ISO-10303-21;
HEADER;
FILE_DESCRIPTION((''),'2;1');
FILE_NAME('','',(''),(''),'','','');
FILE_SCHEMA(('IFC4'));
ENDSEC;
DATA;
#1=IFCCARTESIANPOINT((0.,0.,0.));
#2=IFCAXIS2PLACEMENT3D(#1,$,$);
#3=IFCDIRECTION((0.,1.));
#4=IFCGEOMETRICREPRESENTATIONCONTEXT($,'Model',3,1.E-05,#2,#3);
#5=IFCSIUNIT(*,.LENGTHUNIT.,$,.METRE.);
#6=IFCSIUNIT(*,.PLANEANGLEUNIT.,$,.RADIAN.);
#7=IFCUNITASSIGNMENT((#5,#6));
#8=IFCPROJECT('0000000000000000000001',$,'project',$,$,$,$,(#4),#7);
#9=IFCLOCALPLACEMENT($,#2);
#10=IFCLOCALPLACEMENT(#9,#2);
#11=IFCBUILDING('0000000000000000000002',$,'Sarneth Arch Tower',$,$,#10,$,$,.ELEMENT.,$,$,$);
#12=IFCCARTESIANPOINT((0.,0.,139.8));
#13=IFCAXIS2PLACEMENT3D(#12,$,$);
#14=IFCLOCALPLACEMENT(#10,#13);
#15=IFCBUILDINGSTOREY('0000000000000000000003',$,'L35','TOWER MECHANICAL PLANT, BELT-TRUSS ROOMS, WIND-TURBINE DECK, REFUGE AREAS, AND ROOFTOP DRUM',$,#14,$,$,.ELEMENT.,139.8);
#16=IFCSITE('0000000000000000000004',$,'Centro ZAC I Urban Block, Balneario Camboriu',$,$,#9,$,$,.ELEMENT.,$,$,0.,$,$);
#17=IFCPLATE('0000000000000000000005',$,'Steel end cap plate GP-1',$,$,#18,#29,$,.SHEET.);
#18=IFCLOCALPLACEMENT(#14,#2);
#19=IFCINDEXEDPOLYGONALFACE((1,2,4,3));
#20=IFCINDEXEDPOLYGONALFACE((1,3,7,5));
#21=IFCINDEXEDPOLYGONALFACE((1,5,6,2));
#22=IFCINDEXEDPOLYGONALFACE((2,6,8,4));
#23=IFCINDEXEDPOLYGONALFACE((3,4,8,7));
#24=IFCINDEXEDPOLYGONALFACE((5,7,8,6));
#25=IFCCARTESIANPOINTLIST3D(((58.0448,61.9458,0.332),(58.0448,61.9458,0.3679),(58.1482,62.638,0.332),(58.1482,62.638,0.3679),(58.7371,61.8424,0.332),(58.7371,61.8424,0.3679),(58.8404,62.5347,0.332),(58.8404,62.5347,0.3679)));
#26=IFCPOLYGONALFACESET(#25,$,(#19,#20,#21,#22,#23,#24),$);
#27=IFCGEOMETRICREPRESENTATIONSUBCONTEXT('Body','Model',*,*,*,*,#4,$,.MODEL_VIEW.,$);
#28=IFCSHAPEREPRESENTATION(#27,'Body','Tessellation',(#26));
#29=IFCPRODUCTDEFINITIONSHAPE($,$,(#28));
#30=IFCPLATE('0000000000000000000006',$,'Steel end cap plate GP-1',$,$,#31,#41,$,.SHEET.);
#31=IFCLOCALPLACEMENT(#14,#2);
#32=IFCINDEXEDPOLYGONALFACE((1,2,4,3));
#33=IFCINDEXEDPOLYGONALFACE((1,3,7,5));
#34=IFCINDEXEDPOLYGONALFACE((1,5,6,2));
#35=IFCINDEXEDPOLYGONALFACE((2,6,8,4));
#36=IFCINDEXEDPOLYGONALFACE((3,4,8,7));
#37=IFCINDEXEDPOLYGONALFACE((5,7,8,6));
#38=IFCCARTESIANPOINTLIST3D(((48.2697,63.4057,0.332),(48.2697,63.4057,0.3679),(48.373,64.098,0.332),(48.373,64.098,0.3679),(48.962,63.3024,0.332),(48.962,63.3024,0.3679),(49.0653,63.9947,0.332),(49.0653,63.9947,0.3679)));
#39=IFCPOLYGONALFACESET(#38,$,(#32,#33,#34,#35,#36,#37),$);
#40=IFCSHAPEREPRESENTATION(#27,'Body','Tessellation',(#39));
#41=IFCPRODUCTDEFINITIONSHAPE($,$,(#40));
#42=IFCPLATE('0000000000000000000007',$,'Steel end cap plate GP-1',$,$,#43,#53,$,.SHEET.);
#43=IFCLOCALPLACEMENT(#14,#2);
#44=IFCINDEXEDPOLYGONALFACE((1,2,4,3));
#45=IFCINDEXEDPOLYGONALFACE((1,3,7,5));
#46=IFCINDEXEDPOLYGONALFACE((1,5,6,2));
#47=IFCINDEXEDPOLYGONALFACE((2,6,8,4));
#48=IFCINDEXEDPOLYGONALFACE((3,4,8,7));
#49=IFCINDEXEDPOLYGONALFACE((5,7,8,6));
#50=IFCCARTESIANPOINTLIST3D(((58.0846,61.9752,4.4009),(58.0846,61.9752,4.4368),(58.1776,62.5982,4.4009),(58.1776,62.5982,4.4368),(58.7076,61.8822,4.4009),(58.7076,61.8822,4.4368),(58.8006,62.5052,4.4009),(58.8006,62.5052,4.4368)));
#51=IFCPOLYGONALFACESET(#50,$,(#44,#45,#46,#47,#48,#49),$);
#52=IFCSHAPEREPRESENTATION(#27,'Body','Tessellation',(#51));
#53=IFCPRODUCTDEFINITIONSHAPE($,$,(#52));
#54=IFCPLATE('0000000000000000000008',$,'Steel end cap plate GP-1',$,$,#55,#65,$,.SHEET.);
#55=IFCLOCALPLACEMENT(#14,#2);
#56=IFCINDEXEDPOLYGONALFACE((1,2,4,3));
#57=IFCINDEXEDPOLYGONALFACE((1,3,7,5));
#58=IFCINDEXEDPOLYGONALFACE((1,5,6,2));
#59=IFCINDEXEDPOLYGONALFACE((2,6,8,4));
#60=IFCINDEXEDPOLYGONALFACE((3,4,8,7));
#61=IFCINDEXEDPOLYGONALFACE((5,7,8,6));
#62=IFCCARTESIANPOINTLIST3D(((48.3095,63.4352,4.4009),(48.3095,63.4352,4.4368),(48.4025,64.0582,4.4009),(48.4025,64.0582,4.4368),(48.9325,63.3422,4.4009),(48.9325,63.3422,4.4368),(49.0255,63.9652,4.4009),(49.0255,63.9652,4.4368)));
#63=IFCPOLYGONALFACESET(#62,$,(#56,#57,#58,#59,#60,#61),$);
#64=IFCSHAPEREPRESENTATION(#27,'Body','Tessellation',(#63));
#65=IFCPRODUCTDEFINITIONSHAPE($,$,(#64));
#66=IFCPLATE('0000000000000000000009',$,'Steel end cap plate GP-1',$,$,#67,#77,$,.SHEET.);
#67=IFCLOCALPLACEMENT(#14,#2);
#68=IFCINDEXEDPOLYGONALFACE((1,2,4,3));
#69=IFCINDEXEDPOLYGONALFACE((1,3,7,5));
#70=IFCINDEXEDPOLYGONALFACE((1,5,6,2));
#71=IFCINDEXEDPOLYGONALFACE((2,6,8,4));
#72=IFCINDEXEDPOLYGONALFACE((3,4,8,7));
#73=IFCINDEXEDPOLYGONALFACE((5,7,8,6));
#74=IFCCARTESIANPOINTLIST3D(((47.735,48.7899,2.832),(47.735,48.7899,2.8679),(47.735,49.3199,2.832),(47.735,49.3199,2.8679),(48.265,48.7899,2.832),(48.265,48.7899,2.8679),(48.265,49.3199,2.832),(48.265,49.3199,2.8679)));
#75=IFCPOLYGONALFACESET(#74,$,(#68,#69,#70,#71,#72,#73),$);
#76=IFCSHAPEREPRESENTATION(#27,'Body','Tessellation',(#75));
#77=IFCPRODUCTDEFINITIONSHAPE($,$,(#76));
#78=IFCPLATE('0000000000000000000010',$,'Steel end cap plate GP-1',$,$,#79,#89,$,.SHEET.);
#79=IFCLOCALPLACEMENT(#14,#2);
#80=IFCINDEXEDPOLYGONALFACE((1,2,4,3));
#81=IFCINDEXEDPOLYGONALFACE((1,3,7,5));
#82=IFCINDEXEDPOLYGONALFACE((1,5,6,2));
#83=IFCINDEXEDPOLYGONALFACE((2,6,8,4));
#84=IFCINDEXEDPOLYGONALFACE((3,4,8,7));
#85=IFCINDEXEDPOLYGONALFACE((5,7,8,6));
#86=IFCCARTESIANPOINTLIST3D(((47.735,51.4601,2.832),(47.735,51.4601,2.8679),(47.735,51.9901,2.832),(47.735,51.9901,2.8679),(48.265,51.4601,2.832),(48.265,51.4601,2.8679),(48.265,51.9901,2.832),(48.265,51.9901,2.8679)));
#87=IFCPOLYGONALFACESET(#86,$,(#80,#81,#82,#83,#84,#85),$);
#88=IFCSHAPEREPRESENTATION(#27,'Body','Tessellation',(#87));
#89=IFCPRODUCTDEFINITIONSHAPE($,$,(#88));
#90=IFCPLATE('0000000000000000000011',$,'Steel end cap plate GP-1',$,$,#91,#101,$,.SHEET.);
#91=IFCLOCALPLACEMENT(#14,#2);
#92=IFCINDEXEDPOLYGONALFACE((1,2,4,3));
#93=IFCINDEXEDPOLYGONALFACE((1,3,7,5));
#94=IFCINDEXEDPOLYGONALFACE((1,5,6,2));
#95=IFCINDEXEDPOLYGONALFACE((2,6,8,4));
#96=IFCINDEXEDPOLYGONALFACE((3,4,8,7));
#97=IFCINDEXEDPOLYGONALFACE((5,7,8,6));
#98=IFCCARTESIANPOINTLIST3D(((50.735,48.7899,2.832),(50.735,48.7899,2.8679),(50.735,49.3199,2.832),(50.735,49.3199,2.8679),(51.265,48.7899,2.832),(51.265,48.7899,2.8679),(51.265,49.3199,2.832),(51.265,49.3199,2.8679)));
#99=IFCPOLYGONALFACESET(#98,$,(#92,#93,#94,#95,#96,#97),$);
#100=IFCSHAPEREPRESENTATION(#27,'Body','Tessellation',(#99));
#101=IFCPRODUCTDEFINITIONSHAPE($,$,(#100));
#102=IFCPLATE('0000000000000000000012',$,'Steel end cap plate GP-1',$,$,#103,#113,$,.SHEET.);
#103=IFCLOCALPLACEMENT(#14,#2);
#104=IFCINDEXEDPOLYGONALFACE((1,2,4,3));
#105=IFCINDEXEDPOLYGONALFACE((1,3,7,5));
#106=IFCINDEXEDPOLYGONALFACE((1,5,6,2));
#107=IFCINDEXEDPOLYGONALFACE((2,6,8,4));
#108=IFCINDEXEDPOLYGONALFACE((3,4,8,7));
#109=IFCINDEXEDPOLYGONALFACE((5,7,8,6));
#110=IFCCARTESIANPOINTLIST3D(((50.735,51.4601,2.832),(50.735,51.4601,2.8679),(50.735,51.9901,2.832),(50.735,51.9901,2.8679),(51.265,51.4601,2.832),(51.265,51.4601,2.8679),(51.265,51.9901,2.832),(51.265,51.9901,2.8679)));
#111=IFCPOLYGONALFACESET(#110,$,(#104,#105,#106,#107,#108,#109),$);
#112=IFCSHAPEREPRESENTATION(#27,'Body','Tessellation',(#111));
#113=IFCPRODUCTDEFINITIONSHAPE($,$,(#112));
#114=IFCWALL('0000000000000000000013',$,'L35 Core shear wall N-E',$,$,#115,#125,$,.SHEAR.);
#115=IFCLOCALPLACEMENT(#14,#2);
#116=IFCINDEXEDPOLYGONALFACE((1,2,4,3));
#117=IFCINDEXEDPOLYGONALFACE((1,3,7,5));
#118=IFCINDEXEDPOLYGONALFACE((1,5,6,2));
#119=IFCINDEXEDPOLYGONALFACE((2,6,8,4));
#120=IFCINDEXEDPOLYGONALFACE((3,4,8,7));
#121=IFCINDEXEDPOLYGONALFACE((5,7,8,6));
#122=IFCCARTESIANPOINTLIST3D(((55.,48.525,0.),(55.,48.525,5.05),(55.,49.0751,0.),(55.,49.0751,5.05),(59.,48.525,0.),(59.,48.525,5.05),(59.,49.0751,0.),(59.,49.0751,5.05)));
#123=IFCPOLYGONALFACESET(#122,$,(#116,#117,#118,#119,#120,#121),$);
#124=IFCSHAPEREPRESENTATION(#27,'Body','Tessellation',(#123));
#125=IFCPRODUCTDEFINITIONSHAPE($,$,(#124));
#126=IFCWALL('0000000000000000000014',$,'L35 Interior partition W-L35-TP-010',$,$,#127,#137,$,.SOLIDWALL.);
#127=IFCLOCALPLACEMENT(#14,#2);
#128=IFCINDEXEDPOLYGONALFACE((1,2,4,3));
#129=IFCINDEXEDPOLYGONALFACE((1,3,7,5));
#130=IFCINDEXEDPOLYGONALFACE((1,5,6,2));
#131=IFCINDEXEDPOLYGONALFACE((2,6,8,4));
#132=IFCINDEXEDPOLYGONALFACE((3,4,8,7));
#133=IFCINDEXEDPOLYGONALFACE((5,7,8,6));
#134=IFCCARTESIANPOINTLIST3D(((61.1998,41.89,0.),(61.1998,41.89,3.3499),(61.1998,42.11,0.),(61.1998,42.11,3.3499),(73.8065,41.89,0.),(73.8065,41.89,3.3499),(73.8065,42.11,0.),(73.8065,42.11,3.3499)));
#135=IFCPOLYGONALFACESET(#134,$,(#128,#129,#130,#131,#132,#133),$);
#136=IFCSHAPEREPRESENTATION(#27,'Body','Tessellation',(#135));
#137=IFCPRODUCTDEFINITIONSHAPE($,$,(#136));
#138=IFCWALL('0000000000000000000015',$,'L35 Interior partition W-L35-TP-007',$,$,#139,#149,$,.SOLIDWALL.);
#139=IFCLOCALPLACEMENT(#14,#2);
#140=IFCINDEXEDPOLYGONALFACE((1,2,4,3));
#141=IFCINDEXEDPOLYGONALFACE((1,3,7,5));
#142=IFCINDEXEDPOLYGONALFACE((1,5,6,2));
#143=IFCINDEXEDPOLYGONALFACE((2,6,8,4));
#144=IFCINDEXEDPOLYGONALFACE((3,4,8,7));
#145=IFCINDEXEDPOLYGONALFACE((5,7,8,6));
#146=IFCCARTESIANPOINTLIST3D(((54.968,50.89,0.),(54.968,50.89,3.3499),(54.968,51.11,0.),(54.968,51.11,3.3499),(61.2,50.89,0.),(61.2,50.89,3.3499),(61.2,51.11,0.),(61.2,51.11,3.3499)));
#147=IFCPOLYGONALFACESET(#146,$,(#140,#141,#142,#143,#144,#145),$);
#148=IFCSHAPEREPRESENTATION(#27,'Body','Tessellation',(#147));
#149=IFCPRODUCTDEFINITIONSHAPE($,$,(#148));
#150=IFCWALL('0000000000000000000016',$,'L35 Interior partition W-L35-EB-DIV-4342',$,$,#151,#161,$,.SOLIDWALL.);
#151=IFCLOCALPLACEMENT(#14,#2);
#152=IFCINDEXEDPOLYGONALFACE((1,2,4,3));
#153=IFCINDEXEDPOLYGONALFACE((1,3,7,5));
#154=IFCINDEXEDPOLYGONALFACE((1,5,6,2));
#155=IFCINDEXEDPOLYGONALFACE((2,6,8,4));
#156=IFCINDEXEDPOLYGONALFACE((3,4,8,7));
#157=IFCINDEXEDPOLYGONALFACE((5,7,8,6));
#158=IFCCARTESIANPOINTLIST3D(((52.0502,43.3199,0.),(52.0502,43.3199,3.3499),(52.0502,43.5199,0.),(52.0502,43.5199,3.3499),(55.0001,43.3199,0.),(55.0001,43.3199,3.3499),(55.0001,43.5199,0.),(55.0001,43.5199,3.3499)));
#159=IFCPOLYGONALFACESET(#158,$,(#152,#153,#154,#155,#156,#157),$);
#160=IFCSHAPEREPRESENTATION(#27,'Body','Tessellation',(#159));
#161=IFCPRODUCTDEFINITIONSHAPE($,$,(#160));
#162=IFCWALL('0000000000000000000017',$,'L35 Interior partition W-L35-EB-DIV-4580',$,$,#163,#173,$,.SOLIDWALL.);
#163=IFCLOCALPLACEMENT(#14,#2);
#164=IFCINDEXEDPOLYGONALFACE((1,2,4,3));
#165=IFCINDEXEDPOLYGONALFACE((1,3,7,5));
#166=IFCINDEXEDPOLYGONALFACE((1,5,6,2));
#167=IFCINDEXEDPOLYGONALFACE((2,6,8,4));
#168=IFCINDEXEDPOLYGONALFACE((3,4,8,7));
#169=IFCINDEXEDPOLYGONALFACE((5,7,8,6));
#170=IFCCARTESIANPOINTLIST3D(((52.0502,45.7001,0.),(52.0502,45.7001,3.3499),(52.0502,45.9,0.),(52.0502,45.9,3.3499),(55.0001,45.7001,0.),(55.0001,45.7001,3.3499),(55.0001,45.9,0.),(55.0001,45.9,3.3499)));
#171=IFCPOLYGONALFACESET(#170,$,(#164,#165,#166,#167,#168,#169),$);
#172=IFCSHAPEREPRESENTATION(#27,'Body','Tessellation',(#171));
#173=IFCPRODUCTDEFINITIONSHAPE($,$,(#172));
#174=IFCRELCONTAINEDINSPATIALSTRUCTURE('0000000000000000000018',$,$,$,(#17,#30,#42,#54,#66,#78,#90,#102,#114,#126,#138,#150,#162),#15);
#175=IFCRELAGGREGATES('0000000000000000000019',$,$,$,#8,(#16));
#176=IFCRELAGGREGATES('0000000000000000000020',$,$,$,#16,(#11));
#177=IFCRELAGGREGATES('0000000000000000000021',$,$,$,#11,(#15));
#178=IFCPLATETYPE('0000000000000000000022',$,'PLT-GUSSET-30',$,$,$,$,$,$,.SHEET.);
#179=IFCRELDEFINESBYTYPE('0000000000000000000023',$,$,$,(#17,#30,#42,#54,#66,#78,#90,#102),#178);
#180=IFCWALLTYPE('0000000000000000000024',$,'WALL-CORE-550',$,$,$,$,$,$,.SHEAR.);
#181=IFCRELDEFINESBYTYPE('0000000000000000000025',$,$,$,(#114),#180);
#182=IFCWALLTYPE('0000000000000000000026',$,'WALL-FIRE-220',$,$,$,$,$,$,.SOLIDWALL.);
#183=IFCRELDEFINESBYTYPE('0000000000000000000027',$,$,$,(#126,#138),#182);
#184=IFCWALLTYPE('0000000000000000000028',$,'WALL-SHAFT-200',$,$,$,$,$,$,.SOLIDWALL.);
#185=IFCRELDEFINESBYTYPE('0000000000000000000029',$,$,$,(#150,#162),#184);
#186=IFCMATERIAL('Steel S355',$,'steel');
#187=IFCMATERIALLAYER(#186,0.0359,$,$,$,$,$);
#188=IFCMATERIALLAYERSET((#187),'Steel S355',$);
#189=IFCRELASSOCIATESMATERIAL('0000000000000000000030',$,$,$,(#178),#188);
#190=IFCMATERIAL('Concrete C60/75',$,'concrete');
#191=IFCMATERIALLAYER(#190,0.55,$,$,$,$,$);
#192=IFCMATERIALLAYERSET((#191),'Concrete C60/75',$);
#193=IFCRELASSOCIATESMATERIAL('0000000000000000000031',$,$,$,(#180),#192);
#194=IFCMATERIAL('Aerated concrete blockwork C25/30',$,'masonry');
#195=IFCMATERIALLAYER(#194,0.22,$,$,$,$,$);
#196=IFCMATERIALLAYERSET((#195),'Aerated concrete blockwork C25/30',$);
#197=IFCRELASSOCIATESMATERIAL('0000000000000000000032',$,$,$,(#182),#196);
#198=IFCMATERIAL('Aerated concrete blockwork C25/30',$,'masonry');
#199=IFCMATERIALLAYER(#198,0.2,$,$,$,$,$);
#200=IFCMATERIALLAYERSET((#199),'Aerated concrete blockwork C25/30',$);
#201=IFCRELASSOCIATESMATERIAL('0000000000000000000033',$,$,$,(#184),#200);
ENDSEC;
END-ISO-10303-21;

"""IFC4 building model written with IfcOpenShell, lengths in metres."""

from ifc_helpers import new_model, si_unit, direction, frame, frame_2d, origin, origin_2d, place, context, subcontext, project, spatial, rectangle, extrude, material, layer, layer_set, type_object, element, save


model = new_model("IFC4")

# Units and contexts
model_context = context("Model", 3, precision=1e-05, world=origin(), true_north=direction((0.0, 1.0)))
body_context = subcontext(model_context, "Body", "Model", "MODEL_VIEW")
ifc_project = project(units=[si_unit("LENGTHUNIT", "METRE"), si_unit("PLANEANGLEUNIT", "RADIAN")], contexts=[model_context])

# Site, building, storey
site_placement = place(None, origin())
site = spatial("IfcSite", under=ifc_project, at=site_placement, Name="Centro ZAC I Urban Block, Balneario Camboriu", CompositionType="ELEMENT", RefElevation=0.0)
building_placement = place(site_placement, origin())
building = spatial("IfcBuilding", under=site, at=building_placement, Name="Sarneth Arch Tower", CompositionType="ELEMENT")
storey_placement = place(building_placement, frame((0.0, 0.0, 139.8)))
storey = spatial("IfcBuildingStorey", under=building, at=storey_placement, Name="L35", Description="TOWER MECHANICAL PLANT, BELT-TRUSS ROOMS, WIND-TURBINE DECK, REFUGE AREAS, AND ROOFTOP DRUM", CompositionType="ELEMENT", Elevation=139.8)

# Plates
ifc_material_1 = material(Name="Steel S355", Category="steel")
ifc_layer_1 = layer(ifc_material_1, 0.0359)
ifc_layer_set_1 = layer_set([ifc_layer_1], Name="Steel S355")
plate_type_1 = type_object("IfcPlateType", Name="PLT-GUSSET-30", PredefinedType="SHEET", material=ifc_layer_set_1)
for number, where, z_axis, x_axis, name in (
    (1, (58.4426, 62.2402, 0.332), (0.0, 0.0, 1.0), (0.989042, -0.147637, 0.0), "Steel end cap plate GP-1"),
    (2, (48.6675, 63.7002, 0.332), (0.0, 0.0, 1.0), (-0.989042, 0.147637, 0.0), "Steel end cap plate GP-1"),
):
    element("IfcPlate", number, at=place(storey_placement, frame(where, z_axis=z_axis, x_axis=x_axis)), inside=storey, type_object=plate_type_1, Name=name, PredefinedType="SHEET", context=body_context, shape_type="SweptSolid", body=[
        extrude(rectangle(XDim=0.7, YDim=0.7, at=origin_2d()), origin(), (0.0, 0.0, 1.0), 0.0359),
    ])
for number, where, z_axis, x_axis, name in (
    (3, (58.4426, 62.2402, 4.4009), (0.0, 0.0, 1.0), (0.989042, -0.147637, 0.0), "Steel end cap plate GP-1"),
    (4, (48.6675, 63.7002, 4.4009), (0.0, 0.0, 1.0), (-0.989042, 0.147637, 0.0), "Steel end cap plate GP-1"),
):
    element("IfcPlate", number, at=place(storey_placement, frame(where, z_axis=z_axis, x_axis=x_axis)), inside=storey, type_object=plate_type_1, Name=name, PredefinedType="SHEET", context=body_context, shape_type="SweptSolid", body=[
        extrude(rectangle(XDim=0.6299, YDim=0.6299, at=origin_2d()), origin(), (0.0, 0.0, 1.0), 0.0359),
    ])
for number, where, z_axis, x_axis, name in (
    (5, (48.0, 49.0549, 2.832), (0.0, 0.0, 1.0), (0.0, -1.0, 0.0), "Steel end cap plate GP-1"),
    (6, (48.0, 51.7251, 2.832), (0.0, 0.0, 1.0), (0.0, 1.0, 0.0), "Steel end cap plate GP-1"),
    (7, (51.0, 49.0549, 2.832), (0.0, 0.0, 1.0), (0.0, -1.0, 0.0), "Steel end cap plate GP-1"),
    (8, (51.0, 51.7251, 2.832), (0.0, 0.0, 1.0), (0.0, 1.0, 0.0), "Steel end cap plate GP-1"),
):
    element("IfcPlate", number, at=place(storey_placement, frame(where, z_axis=z_axis, x_axis=x_axis)), inside=storey, type_object=plate_type_1, Name=name, PredefinedType="SHEET", context=body_context, shape_type="SweptSolid", body=[
        extrude(rectangle(XDim=0.53, YDim=0.53, at=origin_2d()), origin(), (0.0, 0.0, 1.0), 0.0359),
    ])

# Walls
ifc_material_2 = material(Name="Concrete C60/75", Category="concrete")
ifc_layer_2 = layer(ifc_material_2, 0.55)
ifc_layer_set_2 = layer_set([ifc_layer_2], Name="Concrete C60/75")
wall_type_1 = type_object("IfcWallType", Name="WALL-CORE-550", PredefinedType="SHEAR", material=ifc_layer_set_2)
wall_1_placement = place(storey_placement, frame((55.0, 48.8, 0.0), z_axis=(0.0, 0.0, 1.0), x_axis=(1.0, 0.0, 0.0)))
element("IfcWall", 9, at=wall_1_placement, inside=storey, type_object=wall_type_1, Name="L35 Core shear wall N-E", PredefinedType="SHEAR", context=body_context, shape_type="SweptSolid", body=[
    extrude(rectangle(XDim=4.0, YDim=0.55, at=frame_2d((2.0, 0.0))), origin(), (0.0, 0.0, 1.0), 5.05),
])
ifc_material_3 = material(Name="Aerated concrete blockwork C25/30", Category="masonry")
ifc_layer_3 = layer(ifc_material_3, 0.22)
ifc_layer_set_3 = layer_set([ifc_layer_3], Name="Aerated concrete blockwork C25/30")
wall_type_2 = type_object("IfcWallType", Name="WALL-FIRE-220", PredefinedType="SOLIDWALL", material=ifc_layer_set_3)
wall_2_placement = place(storey_placement, frame((61.2, 42.0, 0.0), z_axis=(0.0, 0.0, 1.0), x_axis=(1.0, 0.0, 0.0)))
element("IfcWall", 10, at=wall_2_placement, inside=storey, type_object=wall_type_2, Name="L35 Interior partition W-L35-TP-010", PredefinedType="SOLIDWALL", context=body_context, shape_type="SweptSolid", body=[
    extrude(rectangle(XDim=12.6067, YDim=0.22, at=frame_2d((6.3032, 0.0))), origin(), (0.0, 0.0, 1.0), 3.3499),
])
wall_3_placement = place(storey_placement, frame((54.968, 51.0, 0.0), z_axis=(0.0, 0.0, 1.0), x_axis=(1.0, 0.0, 0.0)))
element("IfcWall", 11, at=wall_3_placement, inside=storey, type_object=wall_type_2, Name="L35 Interior partition W-L35-TP-007", PredefinedType="SOLIDWALL", context=body_context, shape_type="SweptSolid", body=[
    extrude(rectangle(XDim=6.2319, YDim=0.22, at=frame_2d((3.116, 0.0))), origin(), (0.0, 0.0, 1.0), 3.3499),
])
ifc_material_4 = material(Name="Aerated concrete blockwork C25/30", Category="masonry")
ifc_layer_4 = layer(ifc_material_4, 0.2)
ifc_layer_set_4 = layer_set([ifc_layer_4], Name="Aerated concrete blockwork C25/30")
wall_type_3 = type_object("IfcWallType", Name="WALL-SHAFT-200", PredefinedType="SOLIDWALL", material=ifc_layer_set_4)
for number, where, z_axis, x_axis, name in (
    (12, (52.05, 43.4199, 0.0), (0.0, 0.0, 1.0), (1.0, 0.0, 0.0), "L35 Interior partition W-L35-EB-DIV-4342"),
    (13, (52.05, 45.8, 0.0), (0.0, 0.0, 1.0), (1.0, 0.0, 0.0), "L35 Interior partition W-L35-EB-DIV-4580"),
):
    element("IfcWall", number, at=place(storey_placement, frame(where, z_axis=z_axis, x_axis=x_axis)), inside=storey, type_object=wall_type_3, Name=name, PredefinedType="SOLIDWALL", context=body_context, shape_type="SweptSolid", body=[
        extrude(rectangle(XDim=2.95, YDim=0.2, at=frame_2d((1.4751, 0.0))), origin(), (0.0, 0.0, 1.0), 3.3499),
    ])

save(model, "model.ifc")
